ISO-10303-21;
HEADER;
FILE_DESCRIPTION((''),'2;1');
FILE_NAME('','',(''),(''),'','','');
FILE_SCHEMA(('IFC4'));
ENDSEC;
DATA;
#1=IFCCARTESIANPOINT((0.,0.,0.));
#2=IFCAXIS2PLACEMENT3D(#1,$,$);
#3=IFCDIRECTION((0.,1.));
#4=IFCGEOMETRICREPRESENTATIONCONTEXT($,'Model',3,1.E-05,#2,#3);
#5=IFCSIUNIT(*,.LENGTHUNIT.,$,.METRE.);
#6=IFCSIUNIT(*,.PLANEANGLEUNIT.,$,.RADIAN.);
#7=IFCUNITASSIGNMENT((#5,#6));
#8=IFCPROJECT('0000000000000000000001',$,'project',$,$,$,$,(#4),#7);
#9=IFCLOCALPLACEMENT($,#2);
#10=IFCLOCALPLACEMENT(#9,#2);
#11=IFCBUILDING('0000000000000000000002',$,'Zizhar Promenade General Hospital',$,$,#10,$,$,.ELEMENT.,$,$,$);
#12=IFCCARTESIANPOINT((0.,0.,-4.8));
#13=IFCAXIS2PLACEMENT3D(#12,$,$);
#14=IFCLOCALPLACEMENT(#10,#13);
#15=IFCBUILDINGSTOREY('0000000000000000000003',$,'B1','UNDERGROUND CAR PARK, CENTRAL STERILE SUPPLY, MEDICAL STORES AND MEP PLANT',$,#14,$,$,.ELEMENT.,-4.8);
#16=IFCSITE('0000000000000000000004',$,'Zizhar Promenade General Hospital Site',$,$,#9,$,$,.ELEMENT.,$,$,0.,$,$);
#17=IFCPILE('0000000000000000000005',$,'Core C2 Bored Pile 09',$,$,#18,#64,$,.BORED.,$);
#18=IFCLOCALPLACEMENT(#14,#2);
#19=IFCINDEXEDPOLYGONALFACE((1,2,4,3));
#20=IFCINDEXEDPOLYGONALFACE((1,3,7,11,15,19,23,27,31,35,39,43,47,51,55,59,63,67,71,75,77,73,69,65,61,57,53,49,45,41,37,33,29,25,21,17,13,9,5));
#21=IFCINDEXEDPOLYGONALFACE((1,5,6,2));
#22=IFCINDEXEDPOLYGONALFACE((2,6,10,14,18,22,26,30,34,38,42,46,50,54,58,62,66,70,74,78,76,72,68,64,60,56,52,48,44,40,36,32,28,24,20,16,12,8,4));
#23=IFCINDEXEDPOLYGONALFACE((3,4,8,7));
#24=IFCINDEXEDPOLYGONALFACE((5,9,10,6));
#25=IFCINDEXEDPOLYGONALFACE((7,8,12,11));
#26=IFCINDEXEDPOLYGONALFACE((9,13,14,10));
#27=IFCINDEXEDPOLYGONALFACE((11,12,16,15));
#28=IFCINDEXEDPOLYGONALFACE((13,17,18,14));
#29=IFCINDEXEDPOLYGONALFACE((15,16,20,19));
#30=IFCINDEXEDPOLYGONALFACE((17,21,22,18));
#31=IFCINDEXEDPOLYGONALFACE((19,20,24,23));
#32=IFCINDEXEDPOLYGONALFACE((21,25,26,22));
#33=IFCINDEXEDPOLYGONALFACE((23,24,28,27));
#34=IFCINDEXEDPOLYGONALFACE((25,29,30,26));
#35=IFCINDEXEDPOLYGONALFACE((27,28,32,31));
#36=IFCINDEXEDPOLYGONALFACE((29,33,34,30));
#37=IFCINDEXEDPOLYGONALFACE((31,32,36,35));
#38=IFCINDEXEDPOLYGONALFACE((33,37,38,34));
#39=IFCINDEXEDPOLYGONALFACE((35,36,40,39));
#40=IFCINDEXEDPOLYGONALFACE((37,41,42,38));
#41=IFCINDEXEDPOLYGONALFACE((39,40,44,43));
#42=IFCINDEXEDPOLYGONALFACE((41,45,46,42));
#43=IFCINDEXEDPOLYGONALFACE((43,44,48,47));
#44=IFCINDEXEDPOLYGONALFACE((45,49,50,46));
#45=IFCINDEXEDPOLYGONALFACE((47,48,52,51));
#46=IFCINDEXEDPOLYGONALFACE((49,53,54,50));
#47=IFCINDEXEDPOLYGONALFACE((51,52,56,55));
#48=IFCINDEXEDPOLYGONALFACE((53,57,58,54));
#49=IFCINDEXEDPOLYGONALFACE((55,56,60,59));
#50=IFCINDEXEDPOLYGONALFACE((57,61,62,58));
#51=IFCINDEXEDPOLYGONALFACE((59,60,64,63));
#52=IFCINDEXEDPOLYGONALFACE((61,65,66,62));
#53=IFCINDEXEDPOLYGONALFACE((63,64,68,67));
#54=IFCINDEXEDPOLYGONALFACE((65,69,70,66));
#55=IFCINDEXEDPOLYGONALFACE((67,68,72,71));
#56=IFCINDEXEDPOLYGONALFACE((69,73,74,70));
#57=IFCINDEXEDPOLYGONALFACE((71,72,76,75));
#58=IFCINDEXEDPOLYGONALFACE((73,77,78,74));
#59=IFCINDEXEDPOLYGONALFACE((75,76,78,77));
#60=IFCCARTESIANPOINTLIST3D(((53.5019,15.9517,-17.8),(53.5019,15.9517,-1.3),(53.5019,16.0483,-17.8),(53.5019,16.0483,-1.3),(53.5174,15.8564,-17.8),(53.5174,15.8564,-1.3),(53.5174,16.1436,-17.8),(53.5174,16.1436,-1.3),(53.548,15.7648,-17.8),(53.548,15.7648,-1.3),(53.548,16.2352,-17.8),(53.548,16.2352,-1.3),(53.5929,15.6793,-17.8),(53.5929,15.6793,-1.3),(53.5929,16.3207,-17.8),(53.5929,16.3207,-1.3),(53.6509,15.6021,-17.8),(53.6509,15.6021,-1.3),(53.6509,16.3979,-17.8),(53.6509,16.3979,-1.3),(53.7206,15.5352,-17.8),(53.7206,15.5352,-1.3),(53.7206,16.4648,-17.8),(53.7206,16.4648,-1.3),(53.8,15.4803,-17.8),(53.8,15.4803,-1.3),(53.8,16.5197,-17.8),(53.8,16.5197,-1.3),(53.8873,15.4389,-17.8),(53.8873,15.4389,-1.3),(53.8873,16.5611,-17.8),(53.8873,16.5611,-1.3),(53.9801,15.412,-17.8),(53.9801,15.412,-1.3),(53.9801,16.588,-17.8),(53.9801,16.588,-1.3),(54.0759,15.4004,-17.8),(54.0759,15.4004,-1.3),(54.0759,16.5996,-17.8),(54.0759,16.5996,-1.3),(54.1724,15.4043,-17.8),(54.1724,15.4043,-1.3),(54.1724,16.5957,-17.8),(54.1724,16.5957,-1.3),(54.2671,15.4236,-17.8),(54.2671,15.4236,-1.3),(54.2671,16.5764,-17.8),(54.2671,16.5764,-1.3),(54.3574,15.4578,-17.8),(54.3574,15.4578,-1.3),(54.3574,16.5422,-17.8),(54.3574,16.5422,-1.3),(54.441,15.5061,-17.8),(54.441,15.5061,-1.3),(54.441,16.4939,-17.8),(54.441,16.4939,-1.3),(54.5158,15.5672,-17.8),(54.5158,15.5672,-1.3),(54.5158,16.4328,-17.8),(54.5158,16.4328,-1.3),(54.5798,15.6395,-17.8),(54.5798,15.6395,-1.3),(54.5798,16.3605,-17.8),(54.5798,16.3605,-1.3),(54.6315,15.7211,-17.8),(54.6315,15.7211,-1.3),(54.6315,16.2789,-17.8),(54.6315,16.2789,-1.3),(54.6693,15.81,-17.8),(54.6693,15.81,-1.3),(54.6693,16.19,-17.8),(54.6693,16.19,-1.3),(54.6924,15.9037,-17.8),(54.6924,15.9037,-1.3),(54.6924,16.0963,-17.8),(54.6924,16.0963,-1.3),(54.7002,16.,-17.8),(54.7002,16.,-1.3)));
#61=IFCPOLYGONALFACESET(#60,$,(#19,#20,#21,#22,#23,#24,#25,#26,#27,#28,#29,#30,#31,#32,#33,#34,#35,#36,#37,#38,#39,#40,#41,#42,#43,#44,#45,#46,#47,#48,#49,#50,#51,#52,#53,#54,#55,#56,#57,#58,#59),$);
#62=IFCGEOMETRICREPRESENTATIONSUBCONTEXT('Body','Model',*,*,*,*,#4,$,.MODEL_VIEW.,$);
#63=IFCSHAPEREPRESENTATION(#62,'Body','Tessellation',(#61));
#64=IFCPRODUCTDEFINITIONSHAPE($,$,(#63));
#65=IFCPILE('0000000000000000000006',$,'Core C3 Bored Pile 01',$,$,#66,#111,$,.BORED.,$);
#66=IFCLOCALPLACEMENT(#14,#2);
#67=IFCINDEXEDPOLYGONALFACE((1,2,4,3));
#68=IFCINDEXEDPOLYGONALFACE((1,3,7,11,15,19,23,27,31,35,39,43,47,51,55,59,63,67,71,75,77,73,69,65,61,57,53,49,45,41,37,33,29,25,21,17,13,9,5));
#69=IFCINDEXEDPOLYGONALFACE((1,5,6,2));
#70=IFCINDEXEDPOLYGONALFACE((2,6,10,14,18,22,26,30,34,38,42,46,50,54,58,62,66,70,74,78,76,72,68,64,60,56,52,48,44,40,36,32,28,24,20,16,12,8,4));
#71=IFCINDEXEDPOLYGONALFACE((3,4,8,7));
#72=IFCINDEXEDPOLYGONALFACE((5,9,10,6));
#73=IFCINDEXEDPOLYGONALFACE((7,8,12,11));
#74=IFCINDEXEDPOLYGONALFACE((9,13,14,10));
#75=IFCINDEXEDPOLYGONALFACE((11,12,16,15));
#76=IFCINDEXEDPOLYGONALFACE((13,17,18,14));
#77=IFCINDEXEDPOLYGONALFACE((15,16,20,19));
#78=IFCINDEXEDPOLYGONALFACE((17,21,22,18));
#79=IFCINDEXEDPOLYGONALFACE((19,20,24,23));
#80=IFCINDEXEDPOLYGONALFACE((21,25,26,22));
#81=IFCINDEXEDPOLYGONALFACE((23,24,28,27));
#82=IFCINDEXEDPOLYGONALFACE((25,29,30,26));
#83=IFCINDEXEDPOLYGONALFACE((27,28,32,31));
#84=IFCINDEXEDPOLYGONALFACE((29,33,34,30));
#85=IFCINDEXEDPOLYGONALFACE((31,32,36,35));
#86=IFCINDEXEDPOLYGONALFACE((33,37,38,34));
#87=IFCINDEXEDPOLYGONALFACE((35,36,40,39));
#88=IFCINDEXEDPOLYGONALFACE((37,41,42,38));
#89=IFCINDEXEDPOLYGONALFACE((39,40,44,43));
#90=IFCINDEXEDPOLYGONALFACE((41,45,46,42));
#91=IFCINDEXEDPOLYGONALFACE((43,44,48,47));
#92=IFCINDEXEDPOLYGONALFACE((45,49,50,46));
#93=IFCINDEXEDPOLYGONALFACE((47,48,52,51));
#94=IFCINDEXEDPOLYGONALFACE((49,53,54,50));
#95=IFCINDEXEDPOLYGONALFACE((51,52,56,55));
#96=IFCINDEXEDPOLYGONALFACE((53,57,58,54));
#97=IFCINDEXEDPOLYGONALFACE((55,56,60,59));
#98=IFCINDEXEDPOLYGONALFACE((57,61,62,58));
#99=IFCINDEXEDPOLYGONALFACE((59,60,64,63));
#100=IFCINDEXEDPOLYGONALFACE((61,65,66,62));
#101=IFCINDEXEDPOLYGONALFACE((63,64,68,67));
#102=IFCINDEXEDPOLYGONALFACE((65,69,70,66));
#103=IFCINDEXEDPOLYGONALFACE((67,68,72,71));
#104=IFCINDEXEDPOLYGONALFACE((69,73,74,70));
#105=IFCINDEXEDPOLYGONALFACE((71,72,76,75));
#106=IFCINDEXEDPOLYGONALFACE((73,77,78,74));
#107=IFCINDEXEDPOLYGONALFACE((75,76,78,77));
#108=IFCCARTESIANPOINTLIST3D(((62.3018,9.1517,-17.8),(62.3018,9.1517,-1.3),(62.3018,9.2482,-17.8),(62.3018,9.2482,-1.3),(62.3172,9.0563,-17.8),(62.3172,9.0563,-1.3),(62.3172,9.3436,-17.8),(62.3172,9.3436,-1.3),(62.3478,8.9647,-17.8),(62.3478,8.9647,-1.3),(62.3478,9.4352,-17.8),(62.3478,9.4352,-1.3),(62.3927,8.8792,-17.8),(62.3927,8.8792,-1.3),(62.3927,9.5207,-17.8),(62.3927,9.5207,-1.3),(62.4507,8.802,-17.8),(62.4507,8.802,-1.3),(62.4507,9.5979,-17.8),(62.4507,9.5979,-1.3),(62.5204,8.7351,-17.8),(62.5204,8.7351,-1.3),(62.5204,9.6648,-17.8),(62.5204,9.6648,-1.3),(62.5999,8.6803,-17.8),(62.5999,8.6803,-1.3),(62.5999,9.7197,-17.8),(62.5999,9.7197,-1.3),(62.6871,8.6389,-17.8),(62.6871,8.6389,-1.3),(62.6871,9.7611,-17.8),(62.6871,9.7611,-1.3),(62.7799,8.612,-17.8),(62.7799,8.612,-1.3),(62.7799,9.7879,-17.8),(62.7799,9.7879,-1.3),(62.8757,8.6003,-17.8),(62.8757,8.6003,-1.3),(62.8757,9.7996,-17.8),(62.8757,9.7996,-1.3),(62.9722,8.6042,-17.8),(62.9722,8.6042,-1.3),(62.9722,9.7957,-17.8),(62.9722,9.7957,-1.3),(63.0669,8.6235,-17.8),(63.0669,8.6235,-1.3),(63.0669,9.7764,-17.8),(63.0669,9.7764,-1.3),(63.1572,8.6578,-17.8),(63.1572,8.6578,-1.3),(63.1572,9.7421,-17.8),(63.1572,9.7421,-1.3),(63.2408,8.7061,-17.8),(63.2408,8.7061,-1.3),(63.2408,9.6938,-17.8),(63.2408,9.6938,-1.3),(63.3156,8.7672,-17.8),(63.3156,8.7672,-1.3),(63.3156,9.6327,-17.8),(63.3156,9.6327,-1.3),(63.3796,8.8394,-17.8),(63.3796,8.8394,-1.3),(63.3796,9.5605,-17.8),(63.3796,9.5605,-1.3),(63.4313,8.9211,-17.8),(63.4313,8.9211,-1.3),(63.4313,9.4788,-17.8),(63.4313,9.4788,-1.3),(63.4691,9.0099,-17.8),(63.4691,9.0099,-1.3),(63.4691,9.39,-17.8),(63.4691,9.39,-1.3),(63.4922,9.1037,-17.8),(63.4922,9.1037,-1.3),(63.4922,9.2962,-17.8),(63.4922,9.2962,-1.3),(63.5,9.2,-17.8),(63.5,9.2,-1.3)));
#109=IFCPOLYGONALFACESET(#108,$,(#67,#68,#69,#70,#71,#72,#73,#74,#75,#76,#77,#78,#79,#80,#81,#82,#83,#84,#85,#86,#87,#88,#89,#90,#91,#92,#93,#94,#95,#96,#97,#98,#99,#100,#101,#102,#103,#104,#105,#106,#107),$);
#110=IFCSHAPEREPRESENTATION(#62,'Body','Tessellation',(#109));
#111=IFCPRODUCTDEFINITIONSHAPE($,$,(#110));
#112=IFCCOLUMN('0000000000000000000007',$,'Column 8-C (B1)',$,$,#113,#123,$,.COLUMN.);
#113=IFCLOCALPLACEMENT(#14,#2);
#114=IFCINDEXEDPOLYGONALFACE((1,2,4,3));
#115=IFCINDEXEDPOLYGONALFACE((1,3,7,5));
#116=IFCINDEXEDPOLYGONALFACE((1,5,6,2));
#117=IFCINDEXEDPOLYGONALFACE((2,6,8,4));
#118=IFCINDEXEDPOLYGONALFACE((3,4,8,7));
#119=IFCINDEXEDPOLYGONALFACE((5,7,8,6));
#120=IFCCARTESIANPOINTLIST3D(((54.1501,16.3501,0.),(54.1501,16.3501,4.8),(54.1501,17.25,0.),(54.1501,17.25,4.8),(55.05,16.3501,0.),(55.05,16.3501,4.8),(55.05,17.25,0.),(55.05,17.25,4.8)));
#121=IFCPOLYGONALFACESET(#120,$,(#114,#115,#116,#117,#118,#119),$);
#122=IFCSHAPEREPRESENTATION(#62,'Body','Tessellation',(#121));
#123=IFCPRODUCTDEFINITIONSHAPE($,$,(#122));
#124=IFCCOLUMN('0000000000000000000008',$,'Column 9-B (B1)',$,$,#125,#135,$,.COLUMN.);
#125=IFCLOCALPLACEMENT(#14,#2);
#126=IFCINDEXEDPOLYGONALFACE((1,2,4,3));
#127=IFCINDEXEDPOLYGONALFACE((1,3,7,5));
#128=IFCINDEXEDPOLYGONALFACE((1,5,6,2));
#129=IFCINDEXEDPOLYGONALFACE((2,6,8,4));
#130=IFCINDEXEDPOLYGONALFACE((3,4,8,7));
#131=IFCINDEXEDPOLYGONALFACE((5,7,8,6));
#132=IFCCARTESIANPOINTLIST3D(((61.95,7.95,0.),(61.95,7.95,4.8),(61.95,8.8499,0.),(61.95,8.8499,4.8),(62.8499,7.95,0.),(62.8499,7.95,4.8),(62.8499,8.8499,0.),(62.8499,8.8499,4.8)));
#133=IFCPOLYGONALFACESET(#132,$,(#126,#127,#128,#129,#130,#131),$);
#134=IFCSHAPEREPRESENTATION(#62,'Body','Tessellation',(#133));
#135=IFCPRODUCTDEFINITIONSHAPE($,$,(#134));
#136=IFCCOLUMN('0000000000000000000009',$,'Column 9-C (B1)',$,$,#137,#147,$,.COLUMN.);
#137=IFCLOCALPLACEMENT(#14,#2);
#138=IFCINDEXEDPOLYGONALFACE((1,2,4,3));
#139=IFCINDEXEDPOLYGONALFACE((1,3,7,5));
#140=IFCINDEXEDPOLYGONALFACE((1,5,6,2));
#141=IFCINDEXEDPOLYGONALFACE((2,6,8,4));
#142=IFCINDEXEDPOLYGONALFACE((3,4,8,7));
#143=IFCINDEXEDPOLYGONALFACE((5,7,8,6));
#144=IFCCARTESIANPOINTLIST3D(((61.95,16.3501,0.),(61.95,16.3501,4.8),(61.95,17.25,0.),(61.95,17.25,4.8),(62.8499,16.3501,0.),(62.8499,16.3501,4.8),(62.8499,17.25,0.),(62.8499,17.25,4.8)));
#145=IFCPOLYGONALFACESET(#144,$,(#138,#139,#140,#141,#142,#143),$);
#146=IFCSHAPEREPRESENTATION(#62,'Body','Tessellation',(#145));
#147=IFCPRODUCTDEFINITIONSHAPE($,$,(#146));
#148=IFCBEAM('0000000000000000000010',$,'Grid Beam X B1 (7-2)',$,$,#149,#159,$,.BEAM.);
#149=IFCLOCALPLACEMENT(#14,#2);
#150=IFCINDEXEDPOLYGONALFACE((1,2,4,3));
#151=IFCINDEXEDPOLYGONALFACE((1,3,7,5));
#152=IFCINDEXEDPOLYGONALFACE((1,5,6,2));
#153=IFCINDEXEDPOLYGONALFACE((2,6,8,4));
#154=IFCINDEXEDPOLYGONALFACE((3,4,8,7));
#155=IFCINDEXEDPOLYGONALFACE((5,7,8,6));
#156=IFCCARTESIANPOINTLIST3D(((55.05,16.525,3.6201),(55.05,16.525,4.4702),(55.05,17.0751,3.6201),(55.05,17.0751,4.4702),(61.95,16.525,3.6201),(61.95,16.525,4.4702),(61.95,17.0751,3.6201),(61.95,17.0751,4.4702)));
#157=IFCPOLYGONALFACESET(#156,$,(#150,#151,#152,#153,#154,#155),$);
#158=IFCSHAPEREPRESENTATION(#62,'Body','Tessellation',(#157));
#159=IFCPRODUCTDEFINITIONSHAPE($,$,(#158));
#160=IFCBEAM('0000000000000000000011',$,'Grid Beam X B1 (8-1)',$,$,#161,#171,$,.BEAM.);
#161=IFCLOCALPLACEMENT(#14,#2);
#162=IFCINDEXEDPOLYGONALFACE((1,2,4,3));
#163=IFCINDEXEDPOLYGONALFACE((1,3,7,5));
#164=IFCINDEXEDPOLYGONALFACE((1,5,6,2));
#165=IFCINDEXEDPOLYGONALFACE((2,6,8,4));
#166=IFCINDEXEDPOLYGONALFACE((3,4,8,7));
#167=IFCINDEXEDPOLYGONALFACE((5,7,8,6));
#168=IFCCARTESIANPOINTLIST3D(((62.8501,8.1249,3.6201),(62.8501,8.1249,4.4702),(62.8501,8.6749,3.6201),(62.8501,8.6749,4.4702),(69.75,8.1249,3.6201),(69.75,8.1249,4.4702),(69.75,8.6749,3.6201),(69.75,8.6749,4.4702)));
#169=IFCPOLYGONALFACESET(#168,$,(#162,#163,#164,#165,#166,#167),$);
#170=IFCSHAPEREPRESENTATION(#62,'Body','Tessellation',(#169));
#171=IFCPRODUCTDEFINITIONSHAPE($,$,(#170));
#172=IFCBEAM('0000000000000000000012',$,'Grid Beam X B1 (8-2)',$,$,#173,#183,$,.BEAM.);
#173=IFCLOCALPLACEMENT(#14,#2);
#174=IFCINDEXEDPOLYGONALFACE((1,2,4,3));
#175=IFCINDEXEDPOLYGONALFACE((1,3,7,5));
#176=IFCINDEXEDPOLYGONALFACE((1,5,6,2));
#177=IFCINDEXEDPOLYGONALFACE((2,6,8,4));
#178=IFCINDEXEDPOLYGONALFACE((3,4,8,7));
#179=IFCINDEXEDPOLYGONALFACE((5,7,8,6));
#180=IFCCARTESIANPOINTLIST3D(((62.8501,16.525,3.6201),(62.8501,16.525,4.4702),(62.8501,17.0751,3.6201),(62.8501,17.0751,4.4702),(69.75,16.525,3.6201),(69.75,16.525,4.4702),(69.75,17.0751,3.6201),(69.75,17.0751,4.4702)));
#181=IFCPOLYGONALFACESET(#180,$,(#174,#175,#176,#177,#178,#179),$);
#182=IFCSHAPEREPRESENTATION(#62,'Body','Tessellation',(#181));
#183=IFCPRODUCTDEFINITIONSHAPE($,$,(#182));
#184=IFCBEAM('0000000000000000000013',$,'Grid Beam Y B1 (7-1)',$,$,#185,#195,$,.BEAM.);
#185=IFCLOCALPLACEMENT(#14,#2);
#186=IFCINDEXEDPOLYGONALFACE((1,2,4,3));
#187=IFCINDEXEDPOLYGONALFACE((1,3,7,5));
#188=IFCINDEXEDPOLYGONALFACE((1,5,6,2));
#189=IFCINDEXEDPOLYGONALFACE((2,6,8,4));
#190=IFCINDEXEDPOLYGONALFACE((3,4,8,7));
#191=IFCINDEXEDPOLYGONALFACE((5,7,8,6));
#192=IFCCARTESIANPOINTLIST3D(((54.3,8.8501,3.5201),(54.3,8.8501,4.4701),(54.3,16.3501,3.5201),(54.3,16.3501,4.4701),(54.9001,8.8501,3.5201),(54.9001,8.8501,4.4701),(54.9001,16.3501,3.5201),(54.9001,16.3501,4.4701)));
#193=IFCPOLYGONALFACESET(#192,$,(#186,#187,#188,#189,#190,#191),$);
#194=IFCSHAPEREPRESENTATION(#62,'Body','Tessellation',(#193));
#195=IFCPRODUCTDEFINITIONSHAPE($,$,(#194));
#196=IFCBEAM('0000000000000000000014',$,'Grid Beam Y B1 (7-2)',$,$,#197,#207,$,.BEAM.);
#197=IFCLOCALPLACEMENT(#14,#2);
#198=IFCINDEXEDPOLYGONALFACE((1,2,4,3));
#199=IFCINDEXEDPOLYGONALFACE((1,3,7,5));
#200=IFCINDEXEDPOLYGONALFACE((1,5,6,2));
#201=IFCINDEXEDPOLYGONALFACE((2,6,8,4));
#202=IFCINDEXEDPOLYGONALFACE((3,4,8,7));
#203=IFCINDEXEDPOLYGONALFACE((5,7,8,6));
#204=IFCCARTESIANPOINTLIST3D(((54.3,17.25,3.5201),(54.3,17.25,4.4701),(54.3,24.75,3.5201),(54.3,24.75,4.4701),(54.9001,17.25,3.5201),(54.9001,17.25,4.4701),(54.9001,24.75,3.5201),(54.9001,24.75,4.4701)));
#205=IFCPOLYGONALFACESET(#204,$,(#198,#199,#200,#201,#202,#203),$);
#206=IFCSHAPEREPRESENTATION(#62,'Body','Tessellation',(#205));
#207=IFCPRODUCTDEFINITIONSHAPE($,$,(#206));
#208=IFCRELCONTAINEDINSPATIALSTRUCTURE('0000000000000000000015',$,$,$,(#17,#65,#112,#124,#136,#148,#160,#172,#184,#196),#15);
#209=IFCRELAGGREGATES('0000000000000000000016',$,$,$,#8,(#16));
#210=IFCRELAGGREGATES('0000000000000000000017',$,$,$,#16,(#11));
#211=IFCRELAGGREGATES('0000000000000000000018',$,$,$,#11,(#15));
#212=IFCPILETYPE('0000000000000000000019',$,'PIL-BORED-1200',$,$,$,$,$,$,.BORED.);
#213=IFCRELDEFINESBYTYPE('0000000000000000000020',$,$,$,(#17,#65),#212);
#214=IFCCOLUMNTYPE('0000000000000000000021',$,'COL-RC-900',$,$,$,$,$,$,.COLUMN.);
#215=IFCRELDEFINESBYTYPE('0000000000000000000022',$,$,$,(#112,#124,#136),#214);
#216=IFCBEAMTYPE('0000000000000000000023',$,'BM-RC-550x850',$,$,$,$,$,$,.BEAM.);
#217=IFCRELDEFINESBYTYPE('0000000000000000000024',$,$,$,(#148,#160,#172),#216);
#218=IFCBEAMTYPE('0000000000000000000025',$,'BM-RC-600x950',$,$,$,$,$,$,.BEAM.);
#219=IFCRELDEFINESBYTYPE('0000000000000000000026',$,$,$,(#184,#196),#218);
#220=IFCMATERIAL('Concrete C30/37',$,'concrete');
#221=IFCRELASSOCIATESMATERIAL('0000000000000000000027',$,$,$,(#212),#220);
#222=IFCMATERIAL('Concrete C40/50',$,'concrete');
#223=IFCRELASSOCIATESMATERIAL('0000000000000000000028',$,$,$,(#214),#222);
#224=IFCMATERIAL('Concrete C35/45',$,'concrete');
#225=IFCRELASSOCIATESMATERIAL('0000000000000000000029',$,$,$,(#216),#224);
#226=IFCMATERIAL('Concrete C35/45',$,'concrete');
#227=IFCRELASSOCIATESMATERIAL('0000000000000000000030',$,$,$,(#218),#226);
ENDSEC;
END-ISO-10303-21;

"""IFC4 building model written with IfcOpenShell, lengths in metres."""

from ifc_helpers import new_model, si_unit, direction, frame, origin, origin_2d, place, context, subcontext, project, spatial, rectangle, circle, extrude, material, material_profile, profile_set, type_object, element, save


model = new_model("IFC4")

# Units and contexts
model_context = context("Model", 3, precision=1e-05, world=origin(), true_north=direction((0.0, 1.0)))
body_context = subcontext(model_context, "Body", "Model", "MODEL_VIEW")
ifc_project = project(units=[si_unit("LENGTHUNIT", "METRE"), si_unit("PLANEANGLEUNIT", "RADIAN")], contexts=[model_context])

# Site, building, storey
site_placement = place(None, origin())
site = spatial("IfcSite", under=ifc_project, at=site_placement, Name="Zizhar Promenade General Hospital Site", CompositionType="ELEMENT", RefElevation=0.0)
building_placement = place(site_placement, origin())
building = spatial("IfcBuilding", under=site, at=building_placement, Name="Zizhar Promenade General Hospital", CompositionType="ELEMENT")
storey_placement = place(building_placement, frame((0.0, 0.0, -4.8)))
storey = spatial("IfcBuildingStorey", under=building, at=storey_placement, Name="B1", Description="UNDERGROUND CAR PARK, CENTRAL STERILE SUPPLY, MEDICAL STORES AND MEP PLANT", CompositionType="ELEMENT", Elevation=-4.8)

# Piles
ifc_material_1 = material(Name="Concrete C30/37", Category="concrete")
ifc_material_profile_1 = material_profile(ifc_material_1, circle(Radius=0.6001, at=origin_2d()))
ifc_profile_set_1 = profile_set([ifc_material_profile_1], Name="Concrete C30/37")
pile_type = type_object("IfcPileType", Name="PIL-BORED-1200", PredefinedType="BORED", material=ifc_profile_set_1)
for number, where, z_axis, x_axis, name in (
    (1, (54.1001, 16.0, -1.3), (0.0, 0.0, -1.0), (1.0, 0.0, 0.0), "Core C2 Bored Pile 09"),
    (2, (62.8999, 9.2, -1.3), (0.0, 0.0, -1.0), (1.0, 0.0, 0.0), "Core C3 Bored Pile 01"),
):
    element("IfcPile", number, at=place(storey_placement, frame(where, z_axis=z_axis, x_axis=x_axis)), inside=storey, type_object=pile_type, Name=name, PredefinedType="BORED", context=body_context, shape_type="SweptSolid", body=[
        extrude(circle(Radius=0.6001, at=origin_2d()), origin(), (0.0, 0.0, 1.0), 16.5),
    ])

# Columns
ifc_material_2 = material(Name="Concrete C40/50", Category="concrete")
ifc_material_profile_2 = material_profile(ifc_material_2, rectangle(XDim=0.8999, YDim=0.8999, at=origin_2d()))
ifc_profile_set_2 = profile_set([ifc_material_profile_2], Name="Concrete C40/50")
column_type = type_object("IfcColumnType", Name="COL-RC-900", PredefinedType="COLUMN", material=ifc_profile_set_2)
for number, where, z_axis, x_axis, name in (
    (3, (54.6001, 16.8, 0.0), (0.0, 0.0, 1.0), (1.0, 0.0, 0.0), "Column 8-C (B1)"),
    (4, (62.3999, 8.3999, 0.0), (0.0, 0.0, 1.0), (1.0, 0.0, 0.0), "Column 9-B (B1)"),
    (5, (62.3999, 16.8, 0.0), (0.0, 0.0, 1.0), (1.0, 0.0, 0.0), "Column 9-C (B1)"),
):
    element("IfcColumn", number, at=place(storey_placement, frame(where, z_axis=z_axis, x_axis=x_axis)), inside=storey, type_object=column_type, Name=name, PredefinedType="COLUMN", context=body_context, shape_type="SweptSolid", body=[
        extrude(rectangle(XDim=0.8999, YDim=0.8999, at=origin_2d()), origin(), (0.0, 0.0, 1.0), 4.8),
    ])

# Beams
ifc_material_3 = material(Name="Concrete C35/45", Category="concrete")
ifc_material_profile_3 = material_profile(ifc_material_3, rectangle(XDim=0.55, YDim=0.8501, at=origin_2d()))
ifc_profile_set_3 = profile_set([ifc_material_profile_3], Name="Concrete C35/45")
beam_type_1 = type_object("IfcBeamType", Name="BM-RC-550x850", PredefinedType="BEAM", material=ifc_profile_set_3)
for number, where, z_axis, x_axis, name in (
    (6, (55.05, 16.8, 4.0452), (1.0, 0.0, 0.0), (0.0, 1.0, 0.0), "Grid Beam X B1 (7-2)"),
    (7, (62.8501, 8.3999, 4.0452), (1.0, 0.0, 0.0), (0.0, 1.0, 0.0), "Grid Beam X B1 (8-1)"),
    (8, (62.8501, 16.8, 4.0452), (1.0, 0.0, 0.0), (0.0, 1.0, 0.0), "Grid Beam X B1 (8-2)"),
):
    element("IfcBeam", number, at=place(storey_placement, frame(where, z_axis=z_axis, x_axis=x_axis)), inside=storey, type_object=beam_type_1, Name=name, PredefinedType="BEAM", context=body_context, shape_type="SweptSolid", body=[
        extrude(rectangle(XDim=0.55, YDim=0.8501, at=origin_2d()), origin(), (0.0, 0.0, 1.0), 6.8999),
    ])
ifc_material_4 = material(Name="Concrete C35/45", Category="concrete")
ifc_material_profile_4 = material_profile(ifc_material_4, rectangle(XDim=0.6001, YDim=0.95, at=origin_2d()))
ifc_profile_set_4 = profile_set([ifc_material_profile_4], Name="Concrete C35/45")
beam_type_2 = type_object("IfcBeamType", Name="BM-RC-600x950", PredefinedType="BEAM", material=ifc_profile_set_4)
for number, where, z_axis, x_axis, name in (
    (9, (54.6001, 8.8501, 3.9951), (0.0, 1.0, 0.0), (-1.0, 0.0, 0.0), "Grid Beam Y B1 (7-1)"),
    (10, (54.6001, 17.25, 3.9951), (0.0, 1.0, 0.0), (-1.0, 0.0, 0.0), "Grid Beam Y B1 (7-2)"),
):
    element("IfcBeam", number, at=place(storey_placement, frame(where, z_axis=z_axis, x_axis=x_axis)), inside=storey, type_object=beam_type_2, Name=name, PredefinedType="BEAM", context=body_context, shape_type="SweptSolid", body=[
        extrude(rectangle(XDim=0.6001, YDim=0.95, at=origin_2d()), origin(), (0.0, 0.0, 1.0), 7.5),
    ])

save(model, "model.ifc")
